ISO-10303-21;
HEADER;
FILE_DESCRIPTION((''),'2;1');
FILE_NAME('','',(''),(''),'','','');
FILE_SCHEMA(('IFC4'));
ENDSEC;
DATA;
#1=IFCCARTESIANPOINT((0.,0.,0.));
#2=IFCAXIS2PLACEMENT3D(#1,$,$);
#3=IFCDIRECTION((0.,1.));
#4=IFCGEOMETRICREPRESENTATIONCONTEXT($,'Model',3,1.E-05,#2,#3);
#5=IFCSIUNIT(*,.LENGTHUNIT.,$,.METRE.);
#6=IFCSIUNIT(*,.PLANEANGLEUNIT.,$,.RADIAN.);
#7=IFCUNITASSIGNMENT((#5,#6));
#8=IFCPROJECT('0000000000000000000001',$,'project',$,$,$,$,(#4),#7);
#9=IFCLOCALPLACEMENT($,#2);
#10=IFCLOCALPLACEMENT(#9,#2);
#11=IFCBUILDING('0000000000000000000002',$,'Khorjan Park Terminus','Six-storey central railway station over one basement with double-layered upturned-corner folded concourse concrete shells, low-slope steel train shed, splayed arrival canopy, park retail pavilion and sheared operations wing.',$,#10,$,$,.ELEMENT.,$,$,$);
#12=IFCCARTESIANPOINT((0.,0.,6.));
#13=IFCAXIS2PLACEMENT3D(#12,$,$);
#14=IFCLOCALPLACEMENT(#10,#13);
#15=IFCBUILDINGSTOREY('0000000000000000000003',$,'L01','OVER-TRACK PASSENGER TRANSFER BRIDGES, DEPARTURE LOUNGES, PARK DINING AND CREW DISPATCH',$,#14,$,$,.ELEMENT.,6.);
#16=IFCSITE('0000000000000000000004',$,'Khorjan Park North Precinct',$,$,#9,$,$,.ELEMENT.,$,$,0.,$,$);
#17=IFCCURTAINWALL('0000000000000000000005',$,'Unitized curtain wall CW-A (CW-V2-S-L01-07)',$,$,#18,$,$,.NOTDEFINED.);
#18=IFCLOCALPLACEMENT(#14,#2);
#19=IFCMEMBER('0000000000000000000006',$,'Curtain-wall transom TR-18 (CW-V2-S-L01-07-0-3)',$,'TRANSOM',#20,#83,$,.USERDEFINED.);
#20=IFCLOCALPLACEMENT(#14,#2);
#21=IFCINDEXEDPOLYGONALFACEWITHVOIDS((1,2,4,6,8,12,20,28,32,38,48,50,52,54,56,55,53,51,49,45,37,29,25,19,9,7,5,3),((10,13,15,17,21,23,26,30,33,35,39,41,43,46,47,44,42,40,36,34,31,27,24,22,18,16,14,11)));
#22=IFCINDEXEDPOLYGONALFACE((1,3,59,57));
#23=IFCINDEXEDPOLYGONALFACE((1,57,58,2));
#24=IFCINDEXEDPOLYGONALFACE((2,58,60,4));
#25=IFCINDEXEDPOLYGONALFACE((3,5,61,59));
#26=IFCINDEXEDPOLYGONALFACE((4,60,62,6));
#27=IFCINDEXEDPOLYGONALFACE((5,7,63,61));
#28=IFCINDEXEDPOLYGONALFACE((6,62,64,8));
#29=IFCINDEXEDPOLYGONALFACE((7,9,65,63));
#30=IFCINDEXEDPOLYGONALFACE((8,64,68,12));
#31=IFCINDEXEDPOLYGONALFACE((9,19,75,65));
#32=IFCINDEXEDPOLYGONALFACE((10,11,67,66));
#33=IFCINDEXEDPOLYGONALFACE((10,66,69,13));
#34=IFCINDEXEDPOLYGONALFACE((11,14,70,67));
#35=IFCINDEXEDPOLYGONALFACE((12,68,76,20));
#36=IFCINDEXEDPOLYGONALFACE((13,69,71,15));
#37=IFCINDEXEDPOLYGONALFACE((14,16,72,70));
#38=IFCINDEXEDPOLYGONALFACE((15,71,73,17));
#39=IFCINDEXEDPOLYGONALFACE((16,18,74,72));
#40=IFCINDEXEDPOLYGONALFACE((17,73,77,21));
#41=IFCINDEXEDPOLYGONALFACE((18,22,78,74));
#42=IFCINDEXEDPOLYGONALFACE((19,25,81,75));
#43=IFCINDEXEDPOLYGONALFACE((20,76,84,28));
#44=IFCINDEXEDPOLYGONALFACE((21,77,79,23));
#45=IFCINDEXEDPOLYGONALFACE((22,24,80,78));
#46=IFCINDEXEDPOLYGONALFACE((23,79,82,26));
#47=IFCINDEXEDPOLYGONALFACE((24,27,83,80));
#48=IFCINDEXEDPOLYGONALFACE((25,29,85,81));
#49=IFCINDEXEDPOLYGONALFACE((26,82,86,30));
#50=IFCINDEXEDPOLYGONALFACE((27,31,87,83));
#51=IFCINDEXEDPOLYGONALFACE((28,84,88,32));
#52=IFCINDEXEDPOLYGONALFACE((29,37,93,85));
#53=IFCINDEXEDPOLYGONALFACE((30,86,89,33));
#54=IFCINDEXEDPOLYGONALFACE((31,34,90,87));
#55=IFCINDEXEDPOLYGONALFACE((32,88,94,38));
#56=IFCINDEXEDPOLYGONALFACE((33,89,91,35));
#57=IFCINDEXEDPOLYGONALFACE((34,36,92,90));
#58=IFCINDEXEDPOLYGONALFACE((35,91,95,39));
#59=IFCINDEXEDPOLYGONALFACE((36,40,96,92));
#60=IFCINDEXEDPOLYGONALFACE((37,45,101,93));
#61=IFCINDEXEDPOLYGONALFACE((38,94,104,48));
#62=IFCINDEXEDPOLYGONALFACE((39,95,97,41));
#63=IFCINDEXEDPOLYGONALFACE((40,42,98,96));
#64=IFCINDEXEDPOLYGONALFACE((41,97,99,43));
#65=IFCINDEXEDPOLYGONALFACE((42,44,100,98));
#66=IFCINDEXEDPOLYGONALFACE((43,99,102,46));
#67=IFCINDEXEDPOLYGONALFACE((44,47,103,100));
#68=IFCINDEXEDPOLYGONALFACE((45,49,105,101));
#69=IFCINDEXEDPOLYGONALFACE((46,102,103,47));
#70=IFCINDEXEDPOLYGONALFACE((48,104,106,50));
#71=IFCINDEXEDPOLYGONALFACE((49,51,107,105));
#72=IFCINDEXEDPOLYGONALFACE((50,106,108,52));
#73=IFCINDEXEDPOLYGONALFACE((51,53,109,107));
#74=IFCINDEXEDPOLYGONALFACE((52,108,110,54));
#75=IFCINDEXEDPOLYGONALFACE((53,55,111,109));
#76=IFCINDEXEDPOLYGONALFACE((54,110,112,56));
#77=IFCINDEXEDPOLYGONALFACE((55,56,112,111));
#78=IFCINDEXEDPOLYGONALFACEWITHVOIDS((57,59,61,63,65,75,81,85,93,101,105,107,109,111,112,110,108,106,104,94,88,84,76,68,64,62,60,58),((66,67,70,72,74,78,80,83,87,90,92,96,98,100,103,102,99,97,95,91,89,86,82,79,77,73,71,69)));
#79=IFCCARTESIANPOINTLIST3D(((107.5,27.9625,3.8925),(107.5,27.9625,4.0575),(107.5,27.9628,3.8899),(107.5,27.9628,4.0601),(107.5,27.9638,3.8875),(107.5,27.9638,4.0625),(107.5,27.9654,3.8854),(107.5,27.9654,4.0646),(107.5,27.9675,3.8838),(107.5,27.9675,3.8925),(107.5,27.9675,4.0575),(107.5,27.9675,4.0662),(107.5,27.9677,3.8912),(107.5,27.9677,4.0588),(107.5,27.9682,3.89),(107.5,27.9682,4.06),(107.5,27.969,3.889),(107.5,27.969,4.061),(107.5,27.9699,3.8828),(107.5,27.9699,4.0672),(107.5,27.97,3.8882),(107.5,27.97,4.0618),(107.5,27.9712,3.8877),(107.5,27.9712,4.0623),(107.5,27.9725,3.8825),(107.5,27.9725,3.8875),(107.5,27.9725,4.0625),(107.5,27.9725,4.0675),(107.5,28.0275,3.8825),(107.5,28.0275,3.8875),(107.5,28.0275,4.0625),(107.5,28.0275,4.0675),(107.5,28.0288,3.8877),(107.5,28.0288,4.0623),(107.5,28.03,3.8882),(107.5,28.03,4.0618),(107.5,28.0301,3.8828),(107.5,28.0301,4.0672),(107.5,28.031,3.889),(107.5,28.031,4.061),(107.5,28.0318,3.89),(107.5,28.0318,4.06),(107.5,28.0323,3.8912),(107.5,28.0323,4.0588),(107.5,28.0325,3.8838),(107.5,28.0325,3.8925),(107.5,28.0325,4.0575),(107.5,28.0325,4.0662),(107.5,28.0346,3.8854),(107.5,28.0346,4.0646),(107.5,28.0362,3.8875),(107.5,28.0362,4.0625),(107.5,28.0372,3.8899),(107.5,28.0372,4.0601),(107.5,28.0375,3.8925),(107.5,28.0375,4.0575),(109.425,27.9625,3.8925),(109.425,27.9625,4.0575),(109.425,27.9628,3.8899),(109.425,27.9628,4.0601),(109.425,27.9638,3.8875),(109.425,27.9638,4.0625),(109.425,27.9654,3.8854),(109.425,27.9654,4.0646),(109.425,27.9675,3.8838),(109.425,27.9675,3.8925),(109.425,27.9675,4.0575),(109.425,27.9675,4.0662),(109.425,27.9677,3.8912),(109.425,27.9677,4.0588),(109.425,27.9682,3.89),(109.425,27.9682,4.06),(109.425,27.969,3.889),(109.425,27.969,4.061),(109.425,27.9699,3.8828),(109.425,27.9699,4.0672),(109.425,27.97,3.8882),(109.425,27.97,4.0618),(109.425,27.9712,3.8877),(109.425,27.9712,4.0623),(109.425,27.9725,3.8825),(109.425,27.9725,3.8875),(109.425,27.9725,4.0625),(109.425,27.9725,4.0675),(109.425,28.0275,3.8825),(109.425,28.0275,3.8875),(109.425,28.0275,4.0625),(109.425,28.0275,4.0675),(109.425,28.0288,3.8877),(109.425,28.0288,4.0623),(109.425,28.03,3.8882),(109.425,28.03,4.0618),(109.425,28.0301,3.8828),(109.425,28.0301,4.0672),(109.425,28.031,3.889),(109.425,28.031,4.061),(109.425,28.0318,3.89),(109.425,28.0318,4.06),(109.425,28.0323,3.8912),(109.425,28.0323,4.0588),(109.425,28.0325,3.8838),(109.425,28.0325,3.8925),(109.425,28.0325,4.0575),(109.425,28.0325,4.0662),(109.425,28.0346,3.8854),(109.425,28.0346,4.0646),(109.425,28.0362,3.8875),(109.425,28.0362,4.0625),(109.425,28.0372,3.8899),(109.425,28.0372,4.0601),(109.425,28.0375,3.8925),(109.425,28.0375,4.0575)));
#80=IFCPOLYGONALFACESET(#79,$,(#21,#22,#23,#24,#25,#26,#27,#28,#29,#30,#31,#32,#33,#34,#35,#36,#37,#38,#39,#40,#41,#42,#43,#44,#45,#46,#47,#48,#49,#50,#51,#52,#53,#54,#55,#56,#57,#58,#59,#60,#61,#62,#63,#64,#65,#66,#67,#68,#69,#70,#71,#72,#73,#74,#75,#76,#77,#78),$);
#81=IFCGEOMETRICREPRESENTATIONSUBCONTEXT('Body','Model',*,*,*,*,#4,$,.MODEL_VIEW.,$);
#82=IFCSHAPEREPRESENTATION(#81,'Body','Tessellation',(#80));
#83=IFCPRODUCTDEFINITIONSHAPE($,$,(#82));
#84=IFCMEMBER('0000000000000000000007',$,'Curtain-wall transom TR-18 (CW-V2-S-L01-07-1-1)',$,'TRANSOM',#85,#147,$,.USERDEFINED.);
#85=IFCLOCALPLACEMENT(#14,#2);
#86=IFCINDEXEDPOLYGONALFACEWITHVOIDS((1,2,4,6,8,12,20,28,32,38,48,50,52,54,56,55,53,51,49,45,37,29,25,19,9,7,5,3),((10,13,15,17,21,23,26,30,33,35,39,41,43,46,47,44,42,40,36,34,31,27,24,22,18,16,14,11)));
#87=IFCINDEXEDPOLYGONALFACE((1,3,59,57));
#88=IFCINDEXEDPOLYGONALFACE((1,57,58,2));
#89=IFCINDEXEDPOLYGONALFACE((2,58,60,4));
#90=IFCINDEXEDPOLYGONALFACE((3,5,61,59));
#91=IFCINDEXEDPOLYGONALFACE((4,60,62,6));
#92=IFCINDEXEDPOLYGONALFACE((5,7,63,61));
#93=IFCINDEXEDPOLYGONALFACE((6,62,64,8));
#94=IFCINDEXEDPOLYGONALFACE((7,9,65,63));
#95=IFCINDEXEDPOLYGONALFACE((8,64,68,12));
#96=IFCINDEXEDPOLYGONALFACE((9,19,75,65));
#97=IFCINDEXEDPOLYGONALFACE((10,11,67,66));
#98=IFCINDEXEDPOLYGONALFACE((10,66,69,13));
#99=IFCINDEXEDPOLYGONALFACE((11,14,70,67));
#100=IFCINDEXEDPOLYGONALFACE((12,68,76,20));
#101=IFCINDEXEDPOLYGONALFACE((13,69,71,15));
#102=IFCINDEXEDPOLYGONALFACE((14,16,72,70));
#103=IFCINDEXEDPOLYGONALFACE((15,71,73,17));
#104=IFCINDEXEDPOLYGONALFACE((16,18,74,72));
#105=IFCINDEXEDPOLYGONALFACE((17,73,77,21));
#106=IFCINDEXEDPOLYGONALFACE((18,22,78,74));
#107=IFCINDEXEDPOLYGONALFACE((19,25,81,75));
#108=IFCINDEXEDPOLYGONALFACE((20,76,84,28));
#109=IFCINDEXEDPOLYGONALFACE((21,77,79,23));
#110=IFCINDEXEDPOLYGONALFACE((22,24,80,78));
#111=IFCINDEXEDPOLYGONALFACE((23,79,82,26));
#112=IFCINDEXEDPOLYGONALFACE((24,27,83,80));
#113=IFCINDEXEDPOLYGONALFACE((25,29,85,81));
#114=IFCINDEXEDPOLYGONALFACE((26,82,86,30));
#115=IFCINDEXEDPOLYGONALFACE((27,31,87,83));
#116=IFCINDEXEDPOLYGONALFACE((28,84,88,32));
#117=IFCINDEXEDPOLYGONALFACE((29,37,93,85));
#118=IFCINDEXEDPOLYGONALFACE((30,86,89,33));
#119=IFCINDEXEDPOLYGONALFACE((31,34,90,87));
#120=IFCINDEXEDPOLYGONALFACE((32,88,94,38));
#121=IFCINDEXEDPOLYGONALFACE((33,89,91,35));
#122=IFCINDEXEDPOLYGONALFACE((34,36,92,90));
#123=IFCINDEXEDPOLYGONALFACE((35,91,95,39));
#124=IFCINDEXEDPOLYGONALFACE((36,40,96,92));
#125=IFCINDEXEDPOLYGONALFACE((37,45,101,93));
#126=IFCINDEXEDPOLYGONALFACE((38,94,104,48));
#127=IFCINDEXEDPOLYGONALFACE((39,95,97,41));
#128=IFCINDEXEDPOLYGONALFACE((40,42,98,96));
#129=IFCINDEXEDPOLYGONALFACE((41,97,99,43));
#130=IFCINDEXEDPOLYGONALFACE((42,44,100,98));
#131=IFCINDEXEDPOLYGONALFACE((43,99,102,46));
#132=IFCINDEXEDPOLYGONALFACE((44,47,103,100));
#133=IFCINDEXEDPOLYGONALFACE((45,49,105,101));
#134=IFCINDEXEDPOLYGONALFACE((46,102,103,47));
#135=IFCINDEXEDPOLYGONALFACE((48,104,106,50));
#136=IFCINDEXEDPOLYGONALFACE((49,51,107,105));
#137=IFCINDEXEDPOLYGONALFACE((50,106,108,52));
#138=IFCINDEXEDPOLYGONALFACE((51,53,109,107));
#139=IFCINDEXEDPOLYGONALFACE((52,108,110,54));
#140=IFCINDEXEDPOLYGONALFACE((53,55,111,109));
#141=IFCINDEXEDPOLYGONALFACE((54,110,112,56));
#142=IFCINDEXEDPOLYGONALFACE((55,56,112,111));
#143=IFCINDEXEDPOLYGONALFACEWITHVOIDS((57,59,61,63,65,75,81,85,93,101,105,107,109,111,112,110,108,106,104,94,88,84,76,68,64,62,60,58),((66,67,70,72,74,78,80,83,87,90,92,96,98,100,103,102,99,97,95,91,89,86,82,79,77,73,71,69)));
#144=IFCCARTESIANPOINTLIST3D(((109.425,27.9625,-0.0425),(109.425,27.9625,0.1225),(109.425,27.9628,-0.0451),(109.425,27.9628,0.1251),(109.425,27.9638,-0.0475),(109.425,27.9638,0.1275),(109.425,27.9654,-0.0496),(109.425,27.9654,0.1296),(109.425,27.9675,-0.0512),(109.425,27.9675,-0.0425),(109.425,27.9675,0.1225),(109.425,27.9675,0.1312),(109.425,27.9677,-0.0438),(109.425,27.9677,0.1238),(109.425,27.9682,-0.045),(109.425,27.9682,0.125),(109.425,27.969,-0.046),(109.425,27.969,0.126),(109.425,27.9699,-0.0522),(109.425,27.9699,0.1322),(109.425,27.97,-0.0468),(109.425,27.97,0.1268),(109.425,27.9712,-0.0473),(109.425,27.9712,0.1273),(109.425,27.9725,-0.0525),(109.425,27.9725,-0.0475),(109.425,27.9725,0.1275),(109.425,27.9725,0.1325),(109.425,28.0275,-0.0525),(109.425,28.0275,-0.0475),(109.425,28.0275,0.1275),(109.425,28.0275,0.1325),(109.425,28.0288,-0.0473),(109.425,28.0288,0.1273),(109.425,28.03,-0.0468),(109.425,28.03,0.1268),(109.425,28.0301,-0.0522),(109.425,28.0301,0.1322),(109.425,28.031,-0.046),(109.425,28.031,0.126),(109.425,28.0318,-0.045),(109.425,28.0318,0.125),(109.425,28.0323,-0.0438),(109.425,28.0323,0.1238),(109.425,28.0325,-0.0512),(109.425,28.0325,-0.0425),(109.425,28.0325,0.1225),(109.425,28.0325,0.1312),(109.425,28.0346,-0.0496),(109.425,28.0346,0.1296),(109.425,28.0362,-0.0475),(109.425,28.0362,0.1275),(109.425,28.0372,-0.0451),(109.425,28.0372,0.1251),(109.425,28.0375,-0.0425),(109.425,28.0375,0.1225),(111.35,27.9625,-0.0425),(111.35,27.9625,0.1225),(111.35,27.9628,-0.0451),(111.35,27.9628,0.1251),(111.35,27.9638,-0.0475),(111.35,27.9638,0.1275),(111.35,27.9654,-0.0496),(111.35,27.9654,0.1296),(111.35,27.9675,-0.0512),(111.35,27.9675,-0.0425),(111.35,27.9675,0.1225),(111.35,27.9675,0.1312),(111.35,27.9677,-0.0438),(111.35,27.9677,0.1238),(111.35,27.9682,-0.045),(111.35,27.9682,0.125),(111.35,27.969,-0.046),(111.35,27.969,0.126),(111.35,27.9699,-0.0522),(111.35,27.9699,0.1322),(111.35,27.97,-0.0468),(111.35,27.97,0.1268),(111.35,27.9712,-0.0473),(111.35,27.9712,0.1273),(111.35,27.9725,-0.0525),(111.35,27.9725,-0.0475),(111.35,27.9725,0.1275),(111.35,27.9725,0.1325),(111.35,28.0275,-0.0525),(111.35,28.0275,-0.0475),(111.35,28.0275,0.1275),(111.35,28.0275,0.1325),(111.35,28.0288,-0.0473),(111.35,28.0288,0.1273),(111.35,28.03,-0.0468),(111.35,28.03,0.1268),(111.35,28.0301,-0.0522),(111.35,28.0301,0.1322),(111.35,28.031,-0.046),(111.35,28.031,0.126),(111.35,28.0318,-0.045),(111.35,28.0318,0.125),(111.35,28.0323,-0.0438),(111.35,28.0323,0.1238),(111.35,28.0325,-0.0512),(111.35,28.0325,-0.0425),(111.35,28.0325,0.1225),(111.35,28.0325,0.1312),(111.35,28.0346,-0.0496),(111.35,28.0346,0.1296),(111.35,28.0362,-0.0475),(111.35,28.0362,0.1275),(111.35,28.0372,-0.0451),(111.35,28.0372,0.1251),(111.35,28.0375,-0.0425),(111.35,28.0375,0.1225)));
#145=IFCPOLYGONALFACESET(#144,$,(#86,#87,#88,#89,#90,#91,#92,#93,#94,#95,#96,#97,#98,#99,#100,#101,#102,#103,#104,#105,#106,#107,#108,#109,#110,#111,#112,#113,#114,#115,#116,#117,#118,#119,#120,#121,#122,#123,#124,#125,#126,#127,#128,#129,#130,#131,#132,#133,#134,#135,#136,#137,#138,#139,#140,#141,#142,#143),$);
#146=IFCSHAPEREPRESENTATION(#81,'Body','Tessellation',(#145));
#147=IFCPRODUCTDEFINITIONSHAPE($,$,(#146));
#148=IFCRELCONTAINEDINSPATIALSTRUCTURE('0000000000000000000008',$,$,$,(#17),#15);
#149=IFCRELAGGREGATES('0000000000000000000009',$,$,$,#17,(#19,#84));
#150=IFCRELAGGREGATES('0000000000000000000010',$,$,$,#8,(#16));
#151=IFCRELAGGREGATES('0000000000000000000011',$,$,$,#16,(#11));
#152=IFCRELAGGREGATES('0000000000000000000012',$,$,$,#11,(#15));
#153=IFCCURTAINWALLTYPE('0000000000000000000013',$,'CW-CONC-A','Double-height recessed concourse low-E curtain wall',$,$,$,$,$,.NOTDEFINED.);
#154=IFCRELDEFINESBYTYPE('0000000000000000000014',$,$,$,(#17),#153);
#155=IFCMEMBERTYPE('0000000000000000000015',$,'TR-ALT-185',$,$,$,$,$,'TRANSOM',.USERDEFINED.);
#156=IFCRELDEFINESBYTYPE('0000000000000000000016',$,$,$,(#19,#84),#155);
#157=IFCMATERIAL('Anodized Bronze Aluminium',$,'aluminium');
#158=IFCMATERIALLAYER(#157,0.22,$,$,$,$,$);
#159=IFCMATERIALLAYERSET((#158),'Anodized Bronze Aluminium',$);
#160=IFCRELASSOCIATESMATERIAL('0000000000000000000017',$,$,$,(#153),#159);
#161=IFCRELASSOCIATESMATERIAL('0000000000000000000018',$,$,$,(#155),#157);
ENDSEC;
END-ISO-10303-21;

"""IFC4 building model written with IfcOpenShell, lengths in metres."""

from ifc_helpers import new_model, si_unit, direction, frame, origin, origin_2d, place, context, subcontext, project, spatial, hollow_rectangle, extrude, material, layer, layer_set, material_profile, profile_set, type_object, element, aggregate, save


model = new_model("IFC4")

# Units and contexts
model_context = context("Model", 3, precision=1e-05, world=origin(), true_north=direction((0.0, 1.0)))
body_context = subcontext(model_context, "Body", "Model", "MODEL_VIEW")
ifc_project = project(units=[si_unit("LENGTHUNIT", "METRE"), si_unit("PLANEANGLEUNIT", "RADIAN")], contexts=[model_context])

# Site, building, storey
site_placement = place(None, origin())
site = spatial("IfcSite", under=ifc_project, at=site_placement, Name="Khorjan Park North Precinct", CompositionType="ELEMENT", RefElevation=0.0)
building_placement = place(site_placement, origin())
building = spatial("IfcBuilding", under=site, at=building_placement, Name="Khorjan Park Terminus", Description="Six-storey central railway station over one basement with double-layered upturned-corner folded concourse concrete shells, low-slope steel train shed, splayed arrival canopy, park retail pavilion and sheared operations wing.", CompositionType="ELEMENT")
storey_placement = place(building_placement, frame((0.0, 0.0, 6.0)))
storey = spatial("IfcBuildingStorey", under=building, at=storey_placement, Name="L01", Description="OVER-TRACK PASSENGER TRANSFER BRIDGES, DEPARTURE LOUNGES, PARK DINING AND CREW DISPATCH", CompositionType="ELEMENT", Elevation=6.0)

# Curtain wall, members
ifc_material_1 = material(Name="Anodized Bronze Aluminium", Category="aluminium")
ifc_layer_1 = layer(ifc_material_1, 0.22)
ifc_layer_set_1 = layer_set([ifc_layer_1], Name="Anodized Bronze Aluminium")
curtain_wall_type = type_object("IfcCurtainWallType", Name="CW-CONC-A", Description="Double-height recessed concourse low-E curtain wall", PredefinedType="NOTDEFINED", material=ifc_layer_set_1)
curtain_wall_placement = place(storey_placement, origin())
curtain_wall = element("IfcCurtainWall", 1, at=curtain_wall_placement, inside=storey, type_object=curtain_wall_type, Name="Unitized curtain wall CW-A (CW-V2-S-L01-07)", PredefinedType="NOTDEFINED")
ifc_material_profile_1 = material_profile(ifc_material_1, hollow_rectangle(XDim=0.075, YDim=0.185, WallThickness=0.005, InnerFilletRadius=0.005, OuterFilletRadius=0.01, at=origin_2d()), Name="ALT 75x185x5")
ifc_profile_set_1 = profile_set([ifc_material_profile_1], Name="Anodized Bronze Aluminium")
member_type_1 = type_object("IfcMemberType", Name="TR-ALT-185", ElementType="TRANSOM", PredefinedType="USERDEFINED", material=ifc_profile_set_1)
member_1_placement = place(storey_placement, frame((107.5, 28.0, 3.975), z_axis=(1.0, 0.0, 0.0), x_axis=(0.0, 1.0, 0.0)))
member_1 = element("IfcMember", 2, at=member_1_placement, type_object=member_type_1, Name="Curtain-wall transom TR-18 (CW-V2-S-L01-07-0-3)", ObjectType="TRANSOM", PredefinedType="USERDEFINED", context=body_context, shape_type="SweptSolid", body=[
    extrude(hollow_rectangle(XDim=0.075, YDim=0.185, WallThickness=0.005, InnerFilletRadius=0.005, OuterFilletRadius=0.01, at=origin_2d()), origin(), (0.0, 0.0, 1.0), 1.925),
])
member_2_placement = place(storey_placement, frame((109.425, 28.0, 0.04), z_axis=(1.0, 0.0, 0.0), x_axis=(0.0, 1.0, 0.0)))
member_2 = element("IfcMember", 3, at=member_2_placement, type_object=member_type_1, Name="Curtain-wall transom TR-18 (CW-V2-S-L01-07-1-1)", ObjectType="TRANSOM", PredefinedType="USERDEFINED", context=body_context, shape_type="SweptSolid", body=[
    extrude(hollow_rectangle(XDim=0.075, YDim=0.185, WallThickness=0.005, InnerFilletRadius=0.005, OuterFilletRadius=0.01, at=origin_2d()), origin(), (0.0, 0.0, 1.0), 1.925),
])
aggregate(curtain_wall, [member_1, member_2])

save(model, "model.ifc")
